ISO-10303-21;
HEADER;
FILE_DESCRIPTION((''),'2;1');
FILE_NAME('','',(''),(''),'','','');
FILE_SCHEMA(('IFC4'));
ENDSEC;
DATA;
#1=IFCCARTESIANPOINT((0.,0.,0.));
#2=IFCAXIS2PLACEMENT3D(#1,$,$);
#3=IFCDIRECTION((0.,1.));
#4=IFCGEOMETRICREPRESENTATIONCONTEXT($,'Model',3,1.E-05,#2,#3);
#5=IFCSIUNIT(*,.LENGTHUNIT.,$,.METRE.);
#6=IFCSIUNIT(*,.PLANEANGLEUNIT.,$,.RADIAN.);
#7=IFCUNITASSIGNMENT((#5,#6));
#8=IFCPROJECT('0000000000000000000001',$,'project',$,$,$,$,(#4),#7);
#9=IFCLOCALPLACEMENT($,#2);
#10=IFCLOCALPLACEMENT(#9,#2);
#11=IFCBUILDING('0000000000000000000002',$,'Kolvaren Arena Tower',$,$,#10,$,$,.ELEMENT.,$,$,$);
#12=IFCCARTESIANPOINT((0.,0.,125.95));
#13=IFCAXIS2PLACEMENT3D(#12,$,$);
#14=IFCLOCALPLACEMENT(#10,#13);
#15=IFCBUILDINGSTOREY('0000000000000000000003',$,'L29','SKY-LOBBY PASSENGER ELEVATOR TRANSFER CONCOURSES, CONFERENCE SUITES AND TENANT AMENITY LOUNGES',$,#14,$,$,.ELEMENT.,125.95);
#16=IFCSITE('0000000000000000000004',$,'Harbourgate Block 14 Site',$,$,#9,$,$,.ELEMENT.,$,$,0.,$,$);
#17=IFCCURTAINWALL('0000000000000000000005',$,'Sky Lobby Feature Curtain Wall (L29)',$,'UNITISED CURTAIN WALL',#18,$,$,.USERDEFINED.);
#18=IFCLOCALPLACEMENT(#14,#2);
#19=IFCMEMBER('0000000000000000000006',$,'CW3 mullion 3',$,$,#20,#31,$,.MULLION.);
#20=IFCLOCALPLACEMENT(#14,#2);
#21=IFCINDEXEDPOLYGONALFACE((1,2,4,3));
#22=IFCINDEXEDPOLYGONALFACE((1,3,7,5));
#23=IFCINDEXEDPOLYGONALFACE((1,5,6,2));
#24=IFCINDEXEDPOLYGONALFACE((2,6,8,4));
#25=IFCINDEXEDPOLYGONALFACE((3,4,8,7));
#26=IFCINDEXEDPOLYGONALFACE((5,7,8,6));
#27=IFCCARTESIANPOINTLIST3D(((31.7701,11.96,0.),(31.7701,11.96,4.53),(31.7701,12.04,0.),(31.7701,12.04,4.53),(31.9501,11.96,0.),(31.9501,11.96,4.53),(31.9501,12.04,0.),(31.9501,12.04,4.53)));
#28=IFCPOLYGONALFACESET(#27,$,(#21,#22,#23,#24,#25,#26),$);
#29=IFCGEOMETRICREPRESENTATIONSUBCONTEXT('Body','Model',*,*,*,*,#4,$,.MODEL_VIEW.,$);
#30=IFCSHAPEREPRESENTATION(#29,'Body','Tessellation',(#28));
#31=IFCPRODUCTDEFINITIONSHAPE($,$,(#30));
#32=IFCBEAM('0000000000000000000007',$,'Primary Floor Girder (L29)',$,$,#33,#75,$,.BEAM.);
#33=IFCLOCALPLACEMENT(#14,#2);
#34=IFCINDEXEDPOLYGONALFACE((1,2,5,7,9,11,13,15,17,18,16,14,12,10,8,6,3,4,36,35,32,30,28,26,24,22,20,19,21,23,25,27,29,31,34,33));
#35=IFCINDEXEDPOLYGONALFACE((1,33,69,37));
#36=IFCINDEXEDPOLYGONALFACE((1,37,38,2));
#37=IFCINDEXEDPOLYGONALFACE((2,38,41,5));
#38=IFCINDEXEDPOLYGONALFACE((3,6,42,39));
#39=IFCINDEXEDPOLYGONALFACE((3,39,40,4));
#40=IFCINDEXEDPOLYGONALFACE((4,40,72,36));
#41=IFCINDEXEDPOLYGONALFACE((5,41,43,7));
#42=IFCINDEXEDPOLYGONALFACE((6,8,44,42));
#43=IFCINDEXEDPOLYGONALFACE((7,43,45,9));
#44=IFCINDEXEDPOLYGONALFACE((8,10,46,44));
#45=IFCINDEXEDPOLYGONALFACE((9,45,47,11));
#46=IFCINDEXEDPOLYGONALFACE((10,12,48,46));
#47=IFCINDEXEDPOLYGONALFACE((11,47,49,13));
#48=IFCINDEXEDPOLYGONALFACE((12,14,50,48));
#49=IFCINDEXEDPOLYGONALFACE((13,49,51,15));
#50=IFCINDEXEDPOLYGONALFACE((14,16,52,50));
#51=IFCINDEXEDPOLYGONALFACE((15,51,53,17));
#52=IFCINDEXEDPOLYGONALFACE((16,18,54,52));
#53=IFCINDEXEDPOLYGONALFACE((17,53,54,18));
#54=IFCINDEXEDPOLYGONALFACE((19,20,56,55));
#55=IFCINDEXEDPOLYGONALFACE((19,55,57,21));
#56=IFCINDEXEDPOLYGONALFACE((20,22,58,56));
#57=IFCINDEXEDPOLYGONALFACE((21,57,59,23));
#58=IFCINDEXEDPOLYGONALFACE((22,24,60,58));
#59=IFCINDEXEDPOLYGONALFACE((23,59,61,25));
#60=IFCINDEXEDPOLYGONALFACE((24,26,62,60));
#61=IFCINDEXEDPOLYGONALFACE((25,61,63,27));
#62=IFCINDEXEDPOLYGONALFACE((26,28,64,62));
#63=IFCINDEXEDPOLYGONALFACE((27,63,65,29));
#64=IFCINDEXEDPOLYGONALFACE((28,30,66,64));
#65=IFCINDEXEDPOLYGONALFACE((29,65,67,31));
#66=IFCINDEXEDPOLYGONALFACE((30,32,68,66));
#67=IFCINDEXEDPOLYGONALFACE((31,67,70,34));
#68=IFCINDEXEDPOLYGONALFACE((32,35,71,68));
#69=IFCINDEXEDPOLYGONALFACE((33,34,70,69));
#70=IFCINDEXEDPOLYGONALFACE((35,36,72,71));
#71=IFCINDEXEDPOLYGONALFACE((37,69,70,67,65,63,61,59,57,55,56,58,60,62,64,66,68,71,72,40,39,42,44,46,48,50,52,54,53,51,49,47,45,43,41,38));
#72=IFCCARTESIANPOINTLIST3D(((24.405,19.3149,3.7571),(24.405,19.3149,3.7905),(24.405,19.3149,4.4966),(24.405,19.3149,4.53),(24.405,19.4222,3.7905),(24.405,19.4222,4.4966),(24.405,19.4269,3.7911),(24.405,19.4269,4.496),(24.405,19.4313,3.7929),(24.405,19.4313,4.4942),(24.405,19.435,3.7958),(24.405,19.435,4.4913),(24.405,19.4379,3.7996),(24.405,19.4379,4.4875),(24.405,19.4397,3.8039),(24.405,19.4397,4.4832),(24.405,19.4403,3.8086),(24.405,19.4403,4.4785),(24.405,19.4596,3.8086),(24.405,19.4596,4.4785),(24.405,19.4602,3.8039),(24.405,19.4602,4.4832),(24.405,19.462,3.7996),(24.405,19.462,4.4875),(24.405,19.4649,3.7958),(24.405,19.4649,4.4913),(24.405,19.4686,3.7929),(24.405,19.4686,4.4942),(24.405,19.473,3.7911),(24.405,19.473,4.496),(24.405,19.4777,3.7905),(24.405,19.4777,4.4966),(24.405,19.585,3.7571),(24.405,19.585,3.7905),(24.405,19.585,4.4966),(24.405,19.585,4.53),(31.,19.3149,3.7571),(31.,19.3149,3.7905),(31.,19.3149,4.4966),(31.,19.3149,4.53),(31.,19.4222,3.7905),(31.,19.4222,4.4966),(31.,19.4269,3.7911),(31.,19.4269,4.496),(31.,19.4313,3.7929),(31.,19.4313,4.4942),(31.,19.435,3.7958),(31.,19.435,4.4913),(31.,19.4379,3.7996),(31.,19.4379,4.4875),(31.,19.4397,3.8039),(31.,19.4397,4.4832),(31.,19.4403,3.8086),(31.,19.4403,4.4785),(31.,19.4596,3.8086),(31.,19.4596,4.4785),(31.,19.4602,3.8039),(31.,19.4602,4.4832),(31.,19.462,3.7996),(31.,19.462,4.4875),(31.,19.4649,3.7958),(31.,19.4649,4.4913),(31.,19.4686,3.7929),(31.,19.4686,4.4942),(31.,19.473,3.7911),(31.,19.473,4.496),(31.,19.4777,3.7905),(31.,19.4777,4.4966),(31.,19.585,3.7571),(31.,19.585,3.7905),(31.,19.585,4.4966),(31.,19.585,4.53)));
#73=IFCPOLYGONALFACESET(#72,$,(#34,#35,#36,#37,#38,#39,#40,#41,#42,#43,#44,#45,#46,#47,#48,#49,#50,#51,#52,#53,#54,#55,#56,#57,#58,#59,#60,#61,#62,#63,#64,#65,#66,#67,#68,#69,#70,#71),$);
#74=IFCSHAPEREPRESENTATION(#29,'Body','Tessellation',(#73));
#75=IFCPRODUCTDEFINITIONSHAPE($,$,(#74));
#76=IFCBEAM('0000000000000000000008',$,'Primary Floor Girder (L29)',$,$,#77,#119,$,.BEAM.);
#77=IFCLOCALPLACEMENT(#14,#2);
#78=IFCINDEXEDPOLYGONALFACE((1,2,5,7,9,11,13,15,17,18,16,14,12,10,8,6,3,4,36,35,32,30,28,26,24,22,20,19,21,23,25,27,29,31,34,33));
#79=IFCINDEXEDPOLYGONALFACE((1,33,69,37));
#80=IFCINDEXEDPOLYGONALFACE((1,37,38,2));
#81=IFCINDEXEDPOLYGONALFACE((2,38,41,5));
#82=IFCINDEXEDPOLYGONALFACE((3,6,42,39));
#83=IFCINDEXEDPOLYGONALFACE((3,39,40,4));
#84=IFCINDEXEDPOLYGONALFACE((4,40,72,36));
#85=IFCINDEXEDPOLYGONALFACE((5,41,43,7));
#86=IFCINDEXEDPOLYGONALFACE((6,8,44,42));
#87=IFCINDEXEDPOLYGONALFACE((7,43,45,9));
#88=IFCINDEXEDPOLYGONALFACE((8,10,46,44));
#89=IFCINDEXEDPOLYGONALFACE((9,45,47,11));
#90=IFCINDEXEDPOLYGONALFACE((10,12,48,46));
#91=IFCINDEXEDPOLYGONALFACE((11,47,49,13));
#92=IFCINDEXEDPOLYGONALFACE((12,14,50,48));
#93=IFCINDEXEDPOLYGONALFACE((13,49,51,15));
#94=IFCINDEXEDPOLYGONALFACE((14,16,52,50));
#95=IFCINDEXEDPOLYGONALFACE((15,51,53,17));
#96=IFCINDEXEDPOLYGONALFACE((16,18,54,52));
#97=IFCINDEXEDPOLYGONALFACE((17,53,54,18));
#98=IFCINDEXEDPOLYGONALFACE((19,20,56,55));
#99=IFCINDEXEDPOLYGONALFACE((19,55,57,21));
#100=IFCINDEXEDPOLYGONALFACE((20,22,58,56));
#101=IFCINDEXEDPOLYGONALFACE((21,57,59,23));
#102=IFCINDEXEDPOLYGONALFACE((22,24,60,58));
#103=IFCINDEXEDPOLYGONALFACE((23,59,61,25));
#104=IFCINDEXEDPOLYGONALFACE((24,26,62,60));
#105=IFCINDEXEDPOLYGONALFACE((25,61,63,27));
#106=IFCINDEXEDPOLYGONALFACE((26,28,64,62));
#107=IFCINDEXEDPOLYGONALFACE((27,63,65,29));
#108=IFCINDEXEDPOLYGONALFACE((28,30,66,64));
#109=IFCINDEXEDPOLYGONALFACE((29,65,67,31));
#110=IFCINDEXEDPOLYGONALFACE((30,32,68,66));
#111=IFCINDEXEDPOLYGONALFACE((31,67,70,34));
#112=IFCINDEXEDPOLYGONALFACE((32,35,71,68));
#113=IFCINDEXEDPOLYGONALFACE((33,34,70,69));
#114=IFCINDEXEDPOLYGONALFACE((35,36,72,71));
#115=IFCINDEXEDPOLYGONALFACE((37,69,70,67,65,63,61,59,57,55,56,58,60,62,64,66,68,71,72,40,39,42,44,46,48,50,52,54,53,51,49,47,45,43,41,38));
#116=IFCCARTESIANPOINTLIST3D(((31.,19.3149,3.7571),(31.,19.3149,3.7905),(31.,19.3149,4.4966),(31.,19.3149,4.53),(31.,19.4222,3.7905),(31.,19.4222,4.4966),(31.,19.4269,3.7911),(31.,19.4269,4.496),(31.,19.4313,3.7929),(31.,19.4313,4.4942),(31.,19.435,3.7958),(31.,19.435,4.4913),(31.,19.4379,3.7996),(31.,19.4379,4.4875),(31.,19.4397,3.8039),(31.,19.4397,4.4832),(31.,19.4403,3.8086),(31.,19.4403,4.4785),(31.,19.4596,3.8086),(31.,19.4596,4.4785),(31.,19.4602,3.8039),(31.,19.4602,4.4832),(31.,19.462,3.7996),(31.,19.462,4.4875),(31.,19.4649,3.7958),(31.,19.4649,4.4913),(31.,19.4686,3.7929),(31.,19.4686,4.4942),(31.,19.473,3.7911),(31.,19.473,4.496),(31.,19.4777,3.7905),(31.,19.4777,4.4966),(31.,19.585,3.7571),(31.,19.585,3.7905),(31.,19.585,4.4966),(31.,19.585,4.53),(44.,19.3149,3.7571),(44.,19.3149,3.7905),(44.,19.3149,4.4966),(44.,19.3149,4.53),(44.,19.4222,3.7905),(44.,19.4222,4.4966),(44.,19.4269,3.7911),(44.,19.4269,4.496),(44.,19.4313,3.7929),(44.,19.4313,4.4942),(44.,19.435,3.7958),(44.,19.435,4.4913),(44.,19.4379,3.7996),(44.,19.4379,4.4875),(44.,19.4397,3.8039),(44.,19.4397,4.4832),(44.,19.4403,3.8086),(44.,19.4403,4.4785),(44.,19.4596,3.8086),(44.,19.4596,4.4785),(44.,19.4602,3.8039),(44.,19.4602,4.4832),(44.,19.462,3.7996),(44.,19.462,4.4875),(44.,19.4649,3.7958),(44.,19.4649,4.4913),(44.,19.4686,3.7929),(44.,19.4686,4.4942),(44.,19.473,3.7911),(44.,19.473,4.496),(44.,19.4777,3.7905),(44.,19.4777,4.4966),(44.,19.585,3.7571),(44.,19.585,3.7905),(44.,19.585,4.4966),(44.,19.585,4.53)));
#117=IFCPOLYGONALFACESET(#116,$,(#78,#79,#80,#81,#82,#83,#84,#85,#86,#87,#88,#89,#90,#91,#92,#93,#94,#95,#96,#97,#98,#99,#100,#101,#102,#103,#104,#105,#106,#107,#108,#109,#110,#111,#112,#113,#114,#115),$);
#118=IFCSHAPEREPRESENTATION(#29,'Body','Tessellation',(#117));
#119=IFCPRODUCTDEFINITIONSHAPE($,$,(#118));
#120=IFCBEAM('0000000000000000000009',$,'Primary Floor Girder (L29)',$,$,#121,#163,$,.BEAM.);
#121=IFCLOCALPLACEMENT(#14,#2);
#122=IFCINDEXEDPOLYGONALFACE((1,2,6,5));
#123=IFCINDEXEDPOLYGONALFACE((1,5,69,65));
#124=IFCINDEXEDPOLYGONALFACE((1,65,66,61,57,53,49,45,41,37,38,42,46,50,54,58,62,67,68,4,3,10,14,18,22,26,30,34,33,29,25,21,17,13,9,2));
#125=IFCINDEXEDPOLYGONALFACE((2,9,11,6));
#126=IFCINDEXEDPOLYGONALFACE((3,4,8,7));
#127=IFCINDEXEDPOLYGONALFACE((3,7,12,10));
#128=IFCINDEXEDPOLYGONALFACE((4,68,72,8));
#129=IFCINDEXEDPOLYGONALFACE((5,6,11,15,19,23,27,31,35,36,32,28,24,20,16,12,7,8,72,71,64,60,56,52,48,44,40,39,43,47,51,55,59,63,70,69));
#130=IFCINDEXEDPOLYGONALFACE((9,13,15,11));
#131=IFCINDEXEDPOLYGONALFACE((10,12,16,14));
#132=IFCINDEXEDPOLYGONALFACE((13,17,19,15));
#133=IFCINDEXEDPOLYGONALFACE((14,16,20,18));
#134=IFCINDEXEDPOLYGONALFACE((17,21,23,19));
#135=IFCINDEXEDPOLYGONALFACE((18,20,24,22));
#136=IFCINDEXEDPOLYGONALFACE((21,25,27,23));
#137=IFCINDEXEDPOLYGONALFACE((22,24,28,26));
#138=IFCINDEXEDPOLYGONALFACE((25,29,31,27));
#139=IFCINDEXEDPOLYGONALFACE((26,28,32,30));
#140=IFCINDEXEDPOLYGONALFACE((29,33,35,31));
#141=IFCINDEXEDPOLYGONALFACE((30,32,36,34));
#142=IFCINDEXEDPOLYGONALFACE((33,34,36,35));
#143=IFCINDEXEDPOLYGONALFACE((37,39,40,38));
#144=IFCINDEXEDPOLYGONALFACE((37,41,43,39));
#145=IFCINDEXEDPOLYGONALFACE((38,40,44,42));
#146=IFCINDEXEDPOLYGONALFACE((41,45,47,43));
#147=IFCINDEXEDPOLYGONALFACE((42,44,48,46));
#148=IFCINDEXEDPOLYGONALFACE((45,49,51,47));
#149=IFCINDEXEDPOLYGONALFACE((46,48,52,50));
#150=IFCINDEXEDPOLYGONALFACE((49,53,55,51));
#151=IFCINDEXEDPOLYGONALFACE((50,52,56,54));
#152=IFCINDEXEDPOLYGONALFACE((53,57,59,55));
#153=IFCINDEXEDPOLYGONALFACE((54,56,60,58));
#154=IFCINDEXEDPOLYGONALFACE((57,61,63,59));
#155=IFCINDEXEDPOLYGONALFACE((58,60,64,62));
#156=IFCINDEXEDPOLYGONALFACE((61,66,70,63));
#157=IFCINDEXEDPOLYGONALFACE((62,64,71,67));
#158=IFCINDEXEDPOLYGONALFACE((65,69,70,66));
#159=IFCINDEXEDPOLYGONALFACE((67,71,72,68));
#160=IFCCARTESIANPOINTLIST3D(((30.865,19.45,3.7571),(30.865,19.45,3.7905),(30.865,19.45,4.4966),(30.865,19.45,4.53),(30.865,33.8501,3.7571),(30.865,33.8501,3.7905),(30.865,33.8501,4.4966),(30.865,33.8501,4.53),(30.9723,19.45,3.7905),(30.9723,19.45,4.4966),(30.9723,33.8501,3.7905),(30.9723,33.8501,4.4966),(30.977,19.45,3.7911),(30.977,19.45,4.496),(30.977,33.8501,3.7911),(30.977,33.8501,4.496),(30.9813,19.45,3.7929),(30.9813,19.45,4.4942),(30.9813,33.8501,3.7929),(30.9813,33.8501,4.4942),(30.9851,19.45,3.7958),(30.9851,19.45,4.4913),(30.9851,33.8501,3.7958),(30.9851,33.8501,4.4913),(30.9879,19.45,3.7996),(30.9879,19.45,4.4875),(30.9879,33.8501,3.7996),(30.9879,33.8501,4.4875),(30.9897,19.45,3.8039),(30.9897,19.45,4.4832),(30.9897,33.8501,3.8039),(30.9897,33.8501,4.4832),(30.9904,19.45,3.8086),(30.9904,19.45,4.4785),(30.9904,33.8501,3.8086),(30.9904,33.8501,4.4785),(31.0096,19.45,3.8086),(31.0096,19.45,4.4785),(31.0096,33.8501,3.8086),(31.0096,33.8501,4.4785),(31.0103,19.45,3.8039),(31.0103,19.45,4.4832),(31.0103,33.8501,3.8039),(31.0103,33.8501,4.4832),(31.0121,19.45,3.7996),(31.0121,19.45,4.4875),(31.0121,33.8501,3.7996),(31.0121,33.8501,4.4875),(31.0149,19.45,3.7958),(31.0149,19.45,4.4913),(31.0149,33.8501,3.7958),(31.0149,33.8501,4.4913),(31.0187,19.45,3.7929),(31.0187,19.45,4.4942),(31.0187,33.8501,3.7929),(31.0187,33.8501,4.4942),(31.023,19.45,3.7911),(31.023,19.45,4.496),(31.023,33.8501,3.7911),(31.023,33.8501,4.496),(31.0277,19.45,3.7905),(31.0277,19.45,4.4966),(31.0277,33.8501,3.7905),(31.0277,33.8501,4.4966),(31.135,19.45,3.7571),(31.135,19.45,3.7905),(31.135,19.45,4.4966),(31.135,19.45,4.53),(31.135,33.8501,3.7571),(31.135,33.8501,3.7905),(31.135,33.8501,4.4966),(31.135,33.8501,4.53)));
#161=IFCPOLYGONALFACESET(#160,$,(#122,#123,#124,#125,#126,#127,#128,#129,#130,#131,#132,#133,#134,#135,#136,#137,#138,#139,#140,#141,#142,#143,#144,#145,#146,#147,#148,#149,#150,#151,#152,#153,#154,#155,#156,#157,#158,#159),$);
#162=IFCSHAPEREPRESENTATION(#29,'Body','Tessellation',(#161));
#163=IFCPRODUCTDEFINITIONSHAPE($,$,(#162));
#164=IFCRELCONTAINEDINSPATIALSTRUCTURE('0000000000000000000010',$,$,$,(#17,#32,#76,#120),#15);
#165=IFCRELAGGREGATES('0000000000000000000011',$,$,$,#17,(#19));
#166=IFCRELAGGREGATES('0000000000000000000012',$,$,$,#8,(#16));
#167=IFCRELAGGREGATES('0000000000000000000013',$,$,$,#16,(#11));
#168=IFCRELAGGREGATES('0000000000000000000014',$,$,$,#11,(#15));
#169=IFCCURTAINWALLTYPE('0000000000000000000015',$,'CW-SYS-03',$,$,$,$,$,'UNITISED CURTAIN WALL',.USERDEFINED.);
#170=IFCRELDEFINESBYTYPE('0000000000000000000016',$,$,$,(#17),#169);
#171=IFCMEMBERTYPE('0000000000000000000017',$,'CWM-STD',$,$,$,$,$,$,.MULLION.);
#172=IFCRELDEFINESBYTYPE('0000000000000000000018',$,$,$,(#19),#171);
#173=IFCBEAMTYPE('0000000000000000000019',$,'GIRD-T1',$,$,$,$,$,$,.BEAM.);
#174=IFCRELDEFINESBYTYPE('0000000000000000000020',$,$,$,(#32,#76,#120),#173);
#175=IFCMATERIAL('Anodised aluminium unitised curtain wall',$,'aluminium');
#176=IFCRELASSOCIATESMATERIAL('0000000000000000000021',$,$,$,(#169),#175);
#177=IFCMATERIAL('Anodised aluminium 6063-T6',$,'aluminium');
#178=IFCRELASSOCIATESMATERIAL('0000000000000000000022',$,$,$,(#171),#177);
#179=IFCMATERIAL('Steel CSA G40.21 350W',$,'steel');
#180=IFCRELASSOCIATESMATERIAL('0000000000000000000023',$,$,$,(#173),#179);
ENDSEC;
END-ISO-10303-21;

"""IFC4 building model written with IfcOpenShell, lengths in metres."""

from ifc_helpers import new_model, si_unit, direction, frame, origin, origin_2d, place, context, subcontext, project, spatial, rectangle, i_section, extrude, material, material_profile, profile_set, type_object, element, aggregate, save


model = new_model("IFC4")

# Units and contexts
model_context = context("Model", 3, precision=1e-05, world=origin(), true_north=direction((0.0, 1.0)))
body_context = subcontext(model_context, "Body", "Model", "MODEL_VIEW")
ifc_project = project(units=[si_unit("LENGTHUNIT", "METRE"), si_unit("PLANEANGLEUNIT", "RADIAN")], contexts=[model_context])

# Site, building, storey
site_placement = place(None, origin())
site = spatial("IfcSite", under=ifc_project, at=site_placement, Name="Harbourgate Block 14 Site", CompositionType="ELEMENT", RefElevation=0.0)
building_placement = place(site_placement, origin())
building = spatial("IfcBuilding", under=site, at=building_placement, Name="Kolvaren Arena Tower", CompositionType="ELEMENT")
storey_placement = place(building_placement, frame((0.0, 0.0, 125.95)))
storey = spatial("IfcBuildingStorey", under=building, at=storey_placement, Name="L29", Description="SKY-LOBBY PASSENGER ELEVATOR TRANSFER CONCOURSES, CONFERENCE SUITES AND TENANT AMENITY LOUNGES", CompositionType="ELEMENT", Elevation=125.95)

# Shared definitions
ifc_material_1 = material(Name="Steel CSA G40.21 350W", Category="steel")

# Curtain wall, member
ifc_material_2 = material(Name="Anodised aluminium unitised curtain wall", Category="aluminium")
curtain_wall_type = type_object("IfcCurtainWallType", Name="CW-SYS-03", ElementType="UNITISED CURTAIN WALL", PredefinedType="USERDEFINED", material=ifc_material_2)
curtain_wall_placement = place(storey_placement, origin())
curtain_wall = element("IfcCurtainWall", 1, at=curtain_wall_placement, inside=storey, type_object=curtain_wall_type, Name="Sky Lobby Feature Curtain Wall (L29)", ObjectType="UNITISED CURTAIN WALL", PredefinedType="USERDEFINED")
ifc_material_3 = material(Name="Anodised aluminium 6063-T6", Category="aluminium")
ifc_material_profile_1 = material_profile(ifc_material_3, rectangle(XDim=0.0801, YDim=0.1799, at=origin_2d()), Name="ALU-80x180")
ifc_profile_set_1 = profile_set([ifc_material_profile_1], Name="Anodised aluminium 6063-T6")
member_type = type_object("IfcMemberType", Name="CWM-STD", PredefinedType="MULLION", material=ifc_profile_set_1)
member_placement = place(storey_placement, frame((31.8601, 12.0, 0.0), z_axis=(0.0, 0.0, 1.0), x_axis=(0.0, 1.0, 0.0)))
member = element("IfcMember", 2, at=member_placement, type_object=member_type, Name="CW3 mullion 3", PredefinedType="MULLION", context=body_context, shape_type="SweptSolid", body=[
    extrude(rectangle(XDim=0.0801, YDim=0.1799, at=origin_2d()), origin(), (0.0, 0.0, 1.0), 4.53),
])
aggregate(curtain_wall, [member])

# Beams
ifc_material_profile_2 = material_profile(ifc_material_1, i_section(OverallWidth=0.27, OverallDepth=0.7729, WebThickness=0.0193, FlangeThickness=0.0334, FilletRadius=0.0181, at=origin_2d()), Name="W760x257")
ifc_profile_set_2 = profile_set([ifc_material_profile_2], Name="Steel CSA G40.21 350W")
beam_type_1 = type_object("IfcBeamType", Name="GIRD-T1", PredefinedType="BEAM", material=ifc_profile_set_2)
beam_1_placement = place(storey_placement, frame((24.405, 19.45, 4.1436), z_axis=(1.0, 0.0, 0.0), x_axis=(0.0, 1.0, 0.0)))
element("IfcBeam", 3, at=beam_1_placement, inside=storey, type_object=beam_type_1, Name="Primary Floor Girder (L29)", PredefinedType="BEAM", context=body_context, shape_type="SweptSolid", body=[
    extrude(i_section(OverallWidth=0.27, OverallDepth=0.7729, WebThickness=0.0193, FlangeThickness=0.0334, FilletRadius=0.0181, at=origin_2d()), origin(), (0.0, 0.0, 1.0), 6.595),
])
beam_2_placement = place(storey_placement, frame((31.0, 19.45, 4.1436), z_axis=(1.0, 0.0, 0.0), x_axis=(0.0, 1.0, 0.0)))
element("IfcBeam", 4, at=beam_2_placement, inside=storey, type_object=beam_type_1, Name="Primary Floor Girder (L29)", PredefinedType="BEAM", context=body_context, shape_type="SweptSolid", body=[
    extrude(i_section(OverallWidth=0.27, OverallDepth=0.7729, WebThickness=0.0193, FlangeThickness=0.0334, FilletRadius=0.0181, at=origin_2d()), origin(), (0.0, 0.0, 1.0), 13.0),
])
beam_3_placement = place(storey_placement, frame((31.0, 19.45, 4.1436), z_axis=(0.0, 1.0, 0.0), x_axis=(-1.0, 0.0, 0.0)))
element("IfcBeam", 5, at=beam_3_placement, inside=storey, type_object=beam_type_1, Name="Primary Floor Girder (L29)", PredefinedType="BEAM", context=body_context, shape_type="SweptSolid", body=[
    extrude(i_section(OverallWidth=0.27, OverallDepth=0.7729, WebThickness=0.0193, FlangeThickness=0.0334, FilletRadius=0.0181, at=origin_2d()), origin(), (0.0, 0.0, 1.0), 14.4001),
])

save(model, "model.ifc")
